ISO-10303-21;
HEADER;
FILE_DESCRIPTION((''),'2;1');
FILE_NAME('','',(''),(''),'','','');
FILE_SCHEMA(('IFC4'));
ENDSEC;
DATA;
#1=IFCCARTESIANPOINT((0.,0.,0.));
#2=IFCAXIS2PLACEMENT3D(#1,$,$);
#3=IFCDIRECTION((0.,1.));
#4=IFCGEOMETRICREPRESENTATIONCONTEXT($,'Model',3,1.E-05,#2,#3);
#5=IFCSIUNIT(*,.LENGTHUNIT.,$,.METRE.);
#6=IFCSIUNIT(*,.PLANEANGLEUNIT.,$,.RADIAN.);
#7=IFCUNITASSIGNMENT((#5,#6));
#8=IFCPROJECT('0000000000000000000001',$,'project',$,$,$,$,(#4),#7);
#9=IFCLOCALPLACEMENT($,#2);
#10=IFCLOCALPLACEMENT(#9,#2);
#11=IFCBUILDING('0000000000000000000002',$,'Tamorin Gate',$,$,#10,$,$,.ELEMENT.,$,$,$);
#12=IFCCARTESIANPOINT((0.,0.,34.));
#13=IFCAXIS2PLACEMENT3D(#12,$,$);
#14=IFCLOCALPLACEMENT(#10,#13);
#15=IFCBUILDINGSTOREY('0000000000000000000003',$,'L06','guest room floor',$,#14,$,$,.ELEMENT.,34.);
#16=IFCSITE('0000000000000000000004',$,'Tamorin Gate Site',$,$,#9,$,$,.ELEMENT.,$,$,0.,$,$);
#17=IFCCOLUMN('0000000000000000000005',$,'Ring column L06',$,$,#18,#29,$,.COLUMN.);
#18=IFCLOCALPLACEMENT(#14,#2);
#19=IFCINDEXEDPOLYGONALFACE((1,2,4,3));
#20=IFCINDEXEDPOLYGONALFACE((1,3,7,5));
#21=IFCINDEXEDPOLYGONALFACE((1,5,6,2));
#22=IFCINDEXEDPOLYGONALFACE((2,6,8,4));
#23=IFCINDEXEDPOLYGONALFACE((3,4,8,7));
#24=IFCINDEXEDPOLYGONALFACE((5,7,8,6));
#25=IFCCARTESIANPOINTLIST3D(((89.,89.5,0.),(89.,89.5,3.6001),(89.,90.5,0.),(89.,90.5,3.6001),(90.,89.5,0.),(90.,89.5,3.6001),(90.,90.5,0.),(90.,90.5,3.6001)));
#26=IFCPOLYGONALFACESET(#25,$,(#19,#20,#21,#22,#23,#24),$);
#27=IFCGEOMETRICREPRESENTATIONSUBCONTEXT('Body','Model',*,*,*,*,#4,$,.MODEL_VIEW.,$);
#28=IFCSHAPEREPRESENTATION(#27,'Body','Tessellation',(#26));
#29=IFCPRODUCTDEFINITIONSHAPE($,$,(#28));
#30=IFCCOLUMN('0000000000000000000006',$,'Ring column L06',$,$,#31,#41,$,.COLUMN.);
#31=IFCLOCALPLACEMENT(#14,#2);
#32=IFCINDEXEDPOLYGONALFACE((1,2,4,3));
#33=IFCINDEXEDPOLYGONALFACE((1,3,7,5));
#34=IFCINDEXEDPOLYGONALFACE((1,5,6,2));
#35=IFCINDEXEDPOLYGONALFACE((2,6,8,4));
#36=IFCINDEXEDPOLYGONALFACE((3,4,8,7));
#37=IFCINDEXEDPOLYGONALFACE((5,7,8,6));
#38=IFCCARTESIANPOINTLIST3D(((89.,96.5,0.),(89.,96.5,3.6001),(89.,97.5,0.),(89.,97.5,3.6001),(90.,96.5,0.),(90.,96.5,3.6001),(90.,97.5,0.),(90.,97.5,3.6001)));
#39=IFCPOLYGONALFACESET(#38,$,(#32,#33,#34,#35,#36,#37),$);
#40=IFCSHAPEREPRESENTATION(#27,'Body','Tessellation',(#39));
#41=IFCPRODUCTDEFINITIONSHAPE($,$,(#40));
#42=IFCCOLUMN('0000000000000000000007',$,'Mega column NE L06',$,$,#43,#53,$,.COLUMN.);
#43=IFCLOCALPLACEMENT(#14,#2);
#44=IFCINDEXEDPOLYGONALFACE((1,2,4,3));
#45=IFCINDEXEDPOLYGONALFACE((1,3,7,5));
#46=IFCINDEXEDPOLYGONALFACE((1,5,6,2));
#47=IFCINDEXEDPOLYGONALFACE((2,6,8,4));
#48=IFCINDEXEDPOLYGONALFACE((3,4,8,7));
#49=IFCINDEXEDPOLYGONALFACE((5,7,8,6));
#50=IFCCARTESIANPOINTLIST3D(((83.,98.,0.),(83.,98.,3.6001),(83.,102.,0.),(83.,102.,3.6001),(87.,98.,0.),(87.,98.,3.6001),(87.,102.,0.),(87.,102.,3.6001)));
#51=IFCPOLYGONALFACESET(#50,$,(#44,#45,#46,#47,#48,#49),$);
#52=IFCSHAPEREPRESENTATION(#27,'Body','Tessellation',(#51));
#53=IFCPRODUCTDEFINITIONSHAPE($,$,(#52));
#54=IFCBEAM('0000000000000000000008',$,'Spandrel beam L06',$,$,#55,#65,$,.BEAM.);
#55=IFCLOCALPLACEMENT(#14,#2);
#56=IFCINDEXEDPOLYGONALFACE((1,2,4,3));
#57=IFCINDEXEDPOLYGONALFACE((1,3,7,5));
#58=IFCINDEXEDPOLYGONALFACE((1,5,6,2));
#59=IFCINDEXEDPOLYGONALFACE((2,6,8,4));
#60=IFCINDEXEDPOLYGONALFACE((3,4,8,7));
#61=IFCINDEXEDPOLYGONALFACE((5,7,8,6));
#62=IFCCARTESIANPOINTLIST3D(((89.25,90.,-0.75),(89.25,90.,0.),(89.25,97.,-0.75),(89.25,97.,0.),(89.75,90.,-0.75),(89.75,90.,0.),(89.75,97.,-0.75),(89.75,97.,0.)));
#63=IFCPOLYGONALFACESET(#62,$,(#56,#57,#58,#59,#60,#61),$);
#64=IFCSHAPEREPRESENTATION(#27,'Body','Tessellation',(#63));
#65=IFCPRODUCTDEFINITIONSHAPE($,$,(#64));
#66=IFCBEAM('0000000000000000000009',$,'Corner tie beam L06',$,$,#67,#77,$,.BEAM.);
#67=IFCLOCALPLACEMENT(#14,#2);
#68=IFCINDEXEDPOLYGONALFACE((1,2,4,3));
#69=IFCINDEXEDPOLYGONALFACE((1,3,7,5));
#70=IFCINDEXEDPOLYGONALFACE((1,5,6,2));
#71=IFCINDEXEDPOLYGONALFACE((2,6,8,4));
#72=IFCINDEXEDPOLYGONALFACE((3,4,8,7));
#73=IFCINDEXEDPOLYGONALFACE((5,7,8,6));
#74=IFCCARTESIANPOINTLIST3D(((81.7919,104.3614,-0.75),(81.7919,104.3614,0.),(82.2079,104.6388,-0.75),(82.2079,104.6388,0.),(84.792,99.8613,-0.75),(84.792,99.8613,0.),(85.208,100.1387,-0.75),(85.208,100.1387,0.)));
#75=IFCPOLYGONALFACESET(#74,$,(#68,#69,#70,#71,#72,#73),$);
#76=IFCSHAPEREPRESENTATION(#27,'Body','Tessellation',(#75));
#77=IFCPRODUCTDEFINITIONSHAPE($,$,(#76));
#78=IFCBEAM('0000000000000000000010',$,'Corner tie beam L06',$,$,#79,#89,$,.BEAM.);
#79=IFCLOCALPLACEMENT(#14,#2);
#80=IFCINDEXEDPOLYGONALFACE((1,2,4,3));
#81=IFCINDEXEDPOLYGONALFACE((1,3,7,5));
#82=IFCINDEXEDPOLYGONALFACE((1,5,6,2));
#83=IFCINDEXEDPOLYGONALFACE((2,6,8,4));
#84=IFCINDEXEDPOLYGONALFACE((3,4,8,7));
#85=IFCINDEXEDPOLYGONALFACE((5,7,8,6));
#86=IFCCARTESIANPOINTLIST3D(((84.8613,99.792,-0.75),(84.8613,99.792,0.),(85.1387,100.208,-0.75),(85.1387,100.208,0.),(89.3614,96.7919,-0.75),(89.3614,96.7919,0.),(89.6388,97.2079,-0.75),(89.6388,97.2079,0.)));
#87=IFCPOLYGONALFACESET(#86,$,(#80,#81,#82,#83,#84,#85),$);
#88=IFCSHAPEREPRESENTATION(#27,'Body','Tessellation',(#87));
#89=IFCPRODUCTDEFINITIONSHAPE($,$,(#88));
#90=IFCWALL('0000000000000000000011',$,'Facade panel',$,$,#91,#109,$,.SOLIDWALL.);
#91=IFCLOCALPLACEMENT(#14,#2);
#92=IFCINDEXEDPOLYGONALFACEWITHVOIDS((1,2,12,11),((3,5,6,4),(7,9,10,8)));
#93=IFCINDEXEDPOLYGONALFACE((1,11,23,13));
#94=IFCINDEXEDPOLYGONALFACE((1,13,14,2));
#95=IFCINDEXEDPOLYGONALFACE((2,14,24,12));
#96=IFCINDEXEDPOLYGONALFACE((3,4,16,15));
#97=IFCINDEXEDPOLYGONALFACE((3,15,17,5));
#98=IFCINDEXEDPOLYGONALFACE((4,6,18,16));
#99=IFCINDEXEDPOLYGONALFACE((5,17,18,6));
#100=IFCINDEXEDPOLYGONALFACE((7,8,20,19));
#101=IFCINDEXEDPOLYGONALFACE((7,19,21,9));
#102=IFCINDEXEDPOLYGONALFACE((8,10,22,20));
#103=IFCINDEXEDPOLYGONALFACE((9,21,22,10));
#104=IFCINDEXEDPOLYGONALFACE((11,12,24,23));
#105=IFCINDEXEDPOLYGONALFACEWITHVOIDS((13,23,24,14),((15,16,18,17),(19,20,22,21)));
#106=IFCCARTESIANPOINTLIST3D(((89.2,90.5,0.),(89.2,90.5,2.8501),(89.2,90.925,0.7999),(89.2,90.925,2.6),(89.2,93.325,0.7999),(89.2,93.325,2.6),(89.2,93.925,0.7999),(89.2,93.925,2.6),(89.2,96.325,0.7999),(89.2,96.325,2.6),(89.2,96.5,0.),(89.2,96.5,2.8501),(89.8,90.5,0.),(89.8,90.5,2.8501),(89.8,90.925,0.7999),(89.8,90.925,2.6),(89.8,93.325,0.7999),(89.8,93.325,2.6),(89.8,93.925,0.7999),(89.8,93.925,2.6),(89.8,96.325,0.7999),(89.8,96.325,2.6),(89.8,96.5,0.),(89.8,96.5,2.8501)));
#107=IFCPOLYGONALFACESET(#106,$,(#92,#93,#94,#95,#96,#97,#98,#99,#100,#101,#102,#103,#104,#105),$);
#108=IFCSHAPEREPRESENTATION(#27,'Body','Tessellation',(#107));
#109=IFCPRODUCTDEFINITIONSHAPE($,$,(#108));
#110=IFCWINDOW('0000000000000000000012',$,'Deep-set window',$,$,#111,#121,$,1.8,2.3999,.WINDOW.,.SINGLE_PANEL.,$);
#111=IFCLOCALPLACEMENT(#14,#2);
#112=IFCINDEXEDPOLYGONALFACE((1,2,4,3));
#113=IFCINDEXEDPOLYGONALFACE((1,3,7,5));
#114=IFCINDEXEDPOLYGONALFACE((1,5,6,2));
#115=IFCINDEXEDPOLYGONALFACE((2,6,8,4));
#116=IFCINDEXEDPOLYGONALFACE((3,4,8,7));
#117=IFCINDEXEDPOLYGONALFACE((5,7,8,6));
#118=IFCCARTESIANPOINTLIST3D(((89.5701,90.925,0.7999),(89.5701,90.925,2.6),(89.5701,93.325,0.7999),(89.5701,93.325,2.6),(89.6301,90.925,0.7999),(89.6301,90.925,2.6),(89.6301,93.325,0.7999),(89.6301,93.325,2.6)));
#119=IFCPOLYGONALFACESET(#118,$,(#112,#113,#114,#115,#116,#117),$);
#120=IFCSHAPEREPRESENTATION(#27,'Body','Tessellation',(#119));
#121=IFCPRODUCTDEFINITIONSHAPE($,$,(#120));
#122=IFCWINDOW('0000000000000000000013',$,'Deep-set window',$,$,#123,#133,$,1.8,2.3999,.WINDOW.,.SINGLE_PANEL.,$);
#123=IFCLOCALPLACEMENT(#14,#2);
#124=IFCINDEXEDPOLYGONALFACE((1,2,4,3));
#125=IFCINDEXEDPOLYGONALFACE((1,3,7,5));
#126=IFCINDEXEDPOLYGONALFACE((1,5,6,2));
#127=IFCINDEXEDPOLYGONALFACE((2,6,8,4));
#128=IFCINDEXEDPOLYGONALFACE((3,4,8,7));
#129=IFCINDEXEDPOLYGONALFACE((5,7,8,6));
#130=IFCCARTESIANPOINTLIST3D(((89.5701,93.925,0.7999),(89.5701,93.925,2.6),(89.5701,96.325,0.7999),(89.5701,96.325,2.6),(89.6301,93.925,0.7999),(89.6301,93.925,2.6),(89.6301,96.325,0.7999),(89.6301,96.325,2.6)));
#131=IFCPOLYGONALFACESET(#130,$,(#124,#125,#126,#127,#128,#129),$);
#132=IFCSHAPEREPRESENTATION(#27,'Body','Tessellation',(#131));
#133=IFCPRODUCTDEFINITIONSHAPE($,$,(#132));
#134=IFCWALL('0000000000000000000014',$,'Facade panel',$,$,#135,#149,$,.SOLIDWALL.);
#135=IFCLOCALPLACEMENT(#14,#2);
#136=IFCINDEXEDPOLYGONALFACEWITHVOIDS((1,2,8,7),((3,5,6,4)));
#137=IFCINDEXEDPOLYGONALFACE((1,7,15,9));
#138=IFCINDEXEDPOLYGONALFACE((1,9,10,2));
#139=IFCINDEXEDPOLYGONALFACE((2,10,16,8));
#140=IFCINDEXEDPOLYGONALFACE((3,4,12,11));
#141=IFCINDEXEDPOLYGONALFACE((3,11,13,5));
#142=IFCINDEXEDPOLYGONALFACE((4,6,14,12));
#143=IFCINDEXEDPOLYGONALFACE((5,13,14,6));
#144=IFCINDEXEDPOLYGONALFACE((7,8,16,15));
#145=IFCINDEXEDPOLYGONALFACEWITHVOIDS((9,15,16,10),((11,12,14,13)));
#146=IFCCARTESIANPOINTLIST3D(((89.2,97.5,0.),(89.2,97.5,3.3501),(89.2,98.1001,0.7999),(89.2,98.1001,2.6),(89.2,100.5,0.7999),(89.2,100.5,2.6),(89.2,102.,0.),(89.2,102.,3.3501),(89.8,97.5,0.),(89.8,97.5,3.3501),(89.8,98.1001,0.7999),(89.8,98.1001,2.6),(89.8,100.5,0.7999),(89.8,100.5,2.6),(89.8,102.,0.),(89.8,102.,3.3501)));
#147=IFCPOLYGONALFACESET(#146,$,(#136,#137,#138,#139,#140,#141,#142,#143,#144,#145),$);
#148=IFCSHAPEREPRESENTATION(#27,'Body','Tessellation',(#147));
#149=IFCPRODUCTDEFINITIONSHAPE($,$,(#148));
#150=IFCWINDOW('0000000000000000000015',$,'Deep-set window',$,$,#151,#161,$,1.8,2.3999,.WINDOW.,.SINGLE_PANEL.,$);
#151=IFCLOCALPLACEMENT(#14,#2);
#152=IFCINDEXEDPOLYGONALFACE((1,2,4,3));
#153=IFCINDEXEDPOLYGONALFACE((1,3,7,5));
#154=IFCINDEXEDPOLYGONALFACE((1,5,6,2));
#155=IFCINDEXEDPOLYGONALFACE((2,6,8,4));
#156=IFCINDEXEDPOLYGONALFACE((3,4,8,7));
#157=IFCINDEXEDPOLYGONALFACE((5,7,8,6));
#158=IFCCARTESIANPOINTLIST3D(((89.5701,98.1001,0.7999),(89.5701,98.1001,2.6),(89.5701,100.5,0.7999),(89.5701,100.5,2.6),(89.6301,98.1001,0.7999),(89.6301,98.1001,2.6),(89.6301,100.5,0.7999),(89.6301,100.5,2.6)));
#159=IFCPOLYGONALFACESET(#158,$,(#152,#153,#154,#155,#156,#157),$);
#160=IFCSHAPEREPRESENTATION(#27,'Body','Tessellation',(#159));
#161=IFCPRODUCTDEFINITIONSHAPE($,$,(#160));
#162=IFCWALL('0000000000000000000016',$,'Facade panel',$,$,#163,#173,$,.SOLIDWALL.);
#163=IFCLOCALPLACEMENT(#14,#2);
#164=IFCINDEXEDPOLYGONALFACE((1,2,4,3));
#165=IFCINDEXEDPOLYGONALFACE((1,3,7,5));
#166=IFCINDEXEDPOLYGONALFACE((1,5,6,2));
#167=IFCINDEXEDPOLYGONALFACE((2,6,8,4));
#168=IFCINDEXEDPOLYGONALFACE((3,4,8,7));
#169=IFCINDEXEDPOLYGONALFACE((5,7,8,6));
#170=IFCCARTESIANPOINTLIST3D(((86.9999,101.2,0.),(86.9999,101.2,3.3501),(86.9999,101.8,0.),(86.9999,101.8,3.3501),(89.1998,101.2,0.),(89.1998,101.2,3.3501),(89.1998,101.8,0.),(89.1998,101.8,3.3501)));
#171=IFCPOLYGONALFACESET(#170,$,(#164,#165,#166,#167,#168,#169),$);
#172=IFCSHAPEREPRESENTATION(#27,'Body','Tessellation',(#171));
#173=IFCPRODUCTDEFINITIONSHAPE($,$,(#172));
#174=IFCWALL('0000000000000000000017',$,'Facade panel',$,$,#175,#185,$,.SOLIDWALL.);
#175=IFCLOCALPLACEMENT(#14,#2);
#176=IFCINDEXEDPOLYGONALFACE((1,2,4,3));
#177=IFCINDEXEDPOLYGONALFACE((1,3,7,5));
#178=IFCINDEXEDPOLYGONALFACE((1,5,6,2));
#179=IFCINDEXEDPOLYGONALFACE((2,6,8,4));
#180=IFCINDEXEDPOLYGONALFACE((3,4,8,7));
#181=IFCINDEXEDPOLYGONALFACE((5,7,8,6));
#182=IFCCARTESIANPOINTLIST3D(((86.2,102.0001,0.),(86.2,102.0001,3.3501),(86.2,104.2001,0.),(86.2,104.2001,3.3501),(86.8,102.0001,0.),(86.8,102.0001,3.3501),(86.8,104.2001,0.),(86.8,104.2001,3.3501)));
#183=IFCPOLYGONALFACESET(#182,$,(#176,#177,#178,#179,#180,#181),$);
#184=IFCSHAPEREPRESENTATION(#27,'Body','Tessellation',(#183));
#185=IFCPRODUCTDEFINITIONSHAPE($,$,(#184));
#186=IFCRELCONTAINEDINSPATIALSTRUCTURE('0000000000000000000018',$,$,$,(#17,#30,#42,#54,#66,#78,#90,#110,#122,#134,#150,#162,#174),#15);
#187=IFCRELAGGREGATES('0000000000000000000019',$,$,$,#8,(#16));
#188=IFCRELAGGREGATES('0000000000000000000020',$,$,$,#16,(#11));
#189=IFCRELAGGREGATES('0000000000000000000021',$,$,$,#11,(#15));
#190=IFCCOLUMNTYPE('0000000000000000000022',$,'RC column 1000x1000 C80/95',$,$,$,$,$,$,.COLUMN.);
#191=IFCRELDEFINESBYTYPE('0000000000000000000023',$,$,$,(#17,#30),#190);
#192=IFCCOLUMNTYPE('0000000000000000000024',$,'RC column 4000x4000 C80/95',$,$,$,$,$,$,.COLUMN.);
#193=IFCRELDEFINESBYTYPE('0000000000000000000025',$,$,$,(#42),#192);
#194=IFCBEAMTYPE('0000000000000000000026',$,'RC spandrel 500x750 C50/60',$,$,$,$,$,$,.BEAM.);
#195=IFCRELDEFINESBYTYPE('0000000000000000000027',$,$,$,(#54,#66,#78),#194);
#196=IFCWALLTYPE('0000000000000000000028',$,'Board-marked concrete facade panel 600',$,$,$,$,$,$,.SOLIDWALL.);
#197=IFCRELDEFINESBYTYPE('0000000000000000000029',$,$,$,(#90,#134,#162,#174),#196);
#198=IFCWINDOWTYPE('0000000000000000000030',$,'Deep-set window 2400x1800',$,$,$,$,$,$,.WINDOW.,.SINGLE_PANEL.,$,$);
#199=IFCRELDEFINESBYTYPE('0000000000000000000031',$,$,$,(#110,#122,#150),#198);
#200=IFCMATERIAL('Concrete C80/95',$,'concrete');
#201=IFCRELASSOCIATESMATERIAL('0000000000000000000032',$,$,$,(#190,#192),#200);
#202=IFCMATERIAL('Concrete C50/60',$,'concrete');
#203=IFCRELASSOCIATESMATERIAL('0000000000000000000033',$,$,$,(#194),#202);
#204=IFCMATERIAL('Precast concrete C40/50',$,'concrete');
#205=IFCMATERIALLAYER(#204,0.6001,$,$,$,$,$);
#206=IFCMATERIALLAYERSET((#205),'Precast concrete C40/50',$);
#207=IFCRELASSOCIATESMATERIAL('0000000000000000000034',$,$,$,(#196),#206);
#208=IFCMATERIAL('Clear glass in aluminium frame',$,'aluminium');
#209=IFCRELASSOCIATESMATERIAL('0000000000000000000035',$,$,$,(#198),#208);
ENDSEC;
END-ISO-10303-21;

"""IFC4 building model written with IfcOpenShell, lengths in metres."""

from ifc_helpers import new_model, si_unit, direction, frame, frame_2d, origin, origin_2d, place, context, subcontext, project, spatial, rectangle, extrude, material, layer, layer_set, material_profile, profile_set, type_object, element, fill, save


model = new_model("IFC4")

# Units and contexts
model_context = context("Model", 3, precision=1e-05, world=origin(), true_north=direction((0.0, 1.0)))
body_context = subcontext(model_context, "Body", "Model", "MODEL_VIEW")
ifc_project = project(units=[si_unit("LENGTHUNIT", "METRE"), si_unit("PLANEANGLEUNIT", "RADIAN")], contexts=[model_context])

# Site, building, storey
site_placement = place(None, origin())
site = spatial("IfcSite", under=ifc_project, at=site_placement, Name="Tamorin Gate Site", CompositionType="ELEMENT", RefElevation=0.0)
building_placement = place(site_placement, origin())
building = spatial("IfcBuilding", under=site, at=building_placement, Name="Tamorin Gate", CompositionType="ELEMENT")
storey_placement = place(building_placement, frame((0.0, 0.0, 34.0)))
storey = spatial("IfcBuildingStorey", under=building, at=storey_placement, Name="L06", Description="guest room floor", CompositionType="ELEMENT", Elevation=34.0)

# Columns
ifc_material_1 = material(Name="Concrete C80/95", Category="concrete")
ifc_material_profile_1 = material_profile(ifc_material_1, rectangle(XDim=1.0, YDim=1.0, at=origin_2d()), Name="RC 1000x1000")
ifc_profile_set_1 = profile_set([ifc_material_profile_1], Name="Concrete C80/95")
column_type_1 = type_object("IfcColumnType", Name="RC column 1000x1000 C80/95", PredefinedType="COLUMN", material=ifc_profile_set_1)
for number, where, z_axis, x_axis, name in (
    (1, (89.5, 90.0, 0.0), (0.0, 0.0, 1.0), (1.0, 0.0, 0.0), "Ring column L06"),
    (2, (89.5, 97.0, 0.0), (0.0, 0.0, 1.0), (1.0, 0.0, 0.0), "Ring column L06"),
):
    element("IfcColumn", number, at=place(storey_placement, frame(where, z_axis=z_axis, x_axis=x_axis)), inside=storey, type_object=column_type_1, Name=name, PredefinedType="COLUMN", context=body_context, shape_type="SweptSolid", body=[
        extrude(rectangle(XDim=1.0, YDim=1.0, at=origin_2d()), origin(), (0.0, 0.0, 1.0), 3.6001),
    ])
ifc_material_profile_2 = material_profile(ifc_material_1, rectangle(XDim=4.0, YDim=4.0, at=origin_2d()), Name="RC 4000x4000")
ifc_profile_set_2 = profile_set([ifc_material_profile_2], Name="Concrete C80/95")
column_type_2 = type_object("IfcColumnType", Name="RC column 4000x4000 C80/95", PredefinedType="COLUMN", material=ifc_profile_set_2)
column_placement = place(storey_placement, frame((85.0, 100.0, 0.0), z_axis=(0.0, 0.0, 1.0), x_axis=(1.0, 0.0, 0.0)))
element("IfcColumn", 3, at=column_placement, inside=storey, type_object=column_type_2, Name="Mega column NE L06", PredefinedType="COLUMN", context=body_context, shape_type="SweptSolid", body=[
    extrude(rectangle(XDim=4.0, YDim=4.0, at=origin_2d()), origin(), (0.0, 0.0, 1.0), 3.6001),
])

# Beams
ifc_material_2 = material(Name="Concrete C50/60", Category="concrete")
ifc_material_profile_3 = material_profile(ifc_material_2, rectangle(XDim=0.5, YDim=0.75, at=origin_2d()), Name="RC 500x750")
ifc_profile_set_3 = profile_set([ifc_material_profile_3], Name="Concrete C50/60")
beam_type = type_object("IfcBeamType", Name="RC spandrel 500x750 C50/60", PredefinedType="BEAM", material=ifc_profile_set_3)
beam_placement = place(storey_placement, frame((89.5, 90.0, -0.375), z_axis=(0.0, 1.0, 0.0), x_axis=(-1.0, 0.0, 0.0)))
element("IfcBeam", 4, at=beam_placement, inside=storey, type_object=beam_type, Name="Spandrel beam L06", PredefinedType="BEAM", context=body_context, shape_type="SweptSolid", body=[
    extrude(rectangle(XDim=0.5, YDim=0.75, at=origin_2d()), origin(), (0.0, 0.0, 1.0), 7.0),
])
for number, where, z_axis, x_axis, name in (
    (5, (85.0, 100.0, -0.375), (-0.5547, 0.83205, 0.0), (-0.83205, -0.5547, 0.0), "Corner tie beam L06"),
    (6, (85.0, 100.0, -0.375), (0.83205, -0.5547, 0.0), (0.5547, 0.83205, 0.0), "Corner tie beam L06"),
):
    element("IfcBeam", number, at=place(storey_placement, frame(where, z_axis=z_axis, x_axis=x_axis)), inside=storey, type_object=beam_type, Name=name, PredefinedType="BEAM", context=body_context, shape_type="SweptSolid", body=[
        extrude(rectangle(XDim=0.5, YDim=0.75, at=origin_2d()), origin(), (0.0, 0.0, 1.0), 5.4084),
    ])

# Wall, openings, windows
ifc_material_3 = material(Name="Precast concrete C40/50", Category="concrete")
ifc_layer_1 = layer(ifc_material_3, 0.6001)
ifc_layer_set_1 = layer_set([ifc_layer_1], Name="Precast concrete C40/50")
wall_type_1 = type_object("IfcWallType", Name="Board-marked concrete facade panel 600", PredefinedType="SOLIDWALL", material=ifc_layer_set_1)
wall_1_placement = place(storey_placement, frame((89.5, 90.5, 0.0), z_axis=(0.0, 0.0, 1.0), x_axis=(0.0, 1.0, 0.0)))
wall_1 = element("IfcWall", 7, at=wall_1_placement, inside=storey, type_object=wall_type_1, Name="Facade panel", PredefinedType="SOLIDWALL", context=body_context, shape_type="SweptSolid", body=[
    extrude(rectangle(XDim=6.0, YDim=0.6001, at=frame_2d((3.0, 0.0))), origin(), (0.0, 0.0, 1.0), 2.8501),
])
opening_1_placement = place(wall_1_placement, frame((0.425, 0.0, 0.8)))
opening_1 = element("IfcOpeningElement", 8, at=opening_1_placement, cuts=wall_1, PredefinedType="OPENING", context=body_context, shape_type="SweptSolid", body=[
    extrude(rectangle(XDim=2.3999, YDim=1.8, at=frame_2d((1.2, 0.8999))), frame((0.0, 0.3101, 0.0), z_axis=(0.0, -1.0, 0.0), x_axis=(1.0, 0.0, 0.0)), (0.0, 0.0, 1.0), 0.6201),
])
opening_2_placement = place(wall_1_placement, frame((3.425, 0.0, 0.8)))
opening_2 = element("IfcOpeningElement", 9, at=opening_2_placement, cuts=wall_1, PredefinedType="OPENING", context=body_context, shape_type="SweptSolid", body=[
    extrude(rectangle(XDim=2.3999, YDim=1.8, at=frame_2d((1.2, 0.8999))), frame((0.0, 0.3101, 0.0), z_axis=(0.0, -1.0, 0.0), x_axis=(1.0, 0.0, 0.0)), (0.0, 0.0, 1.0), 0.6201),
])
ifc_material_4 = material(Name="Clear glass in aluminium frame", Category="aluminium")
window_type = type_object("IfcWindowType", Name="Deep-set window 2400x1800", PartitioningType="SINGLE_PANEL", PredefinedType="WINDOW", material=ifc_material_4)
window_1_placement = place(opening_1_placement, origin())
window_1 = element("IfcWindow", 10, at=window_1_placement, inside=storey, type_object=window_type, Name="Deep-set window", OverallHeight=1.8, OverallWidth=2.3999, PartitioningType="SINGLE_PANEL", PredefinedType="WINDOW", context=body_context, shape_type="SweptSolid", body=[
    extrude(rectangle(XDim=2.3999, YDim=1.8, at=frame_2d((1.2, 0.8999))), frame((0.0, -0.0701, 0.0), z_axis=(0.0, -1.0, 0.0), x_axis=(1.0, 0.0, 0.0)), (0.0, 0.0, 1.0), 0.0601),
])
fill(opening_1, window_1)
window_2_placement = place(opening_2_placement, origin())
window_2 = element("IfcWindow", 11, at=window_2_placement, inside=storey, type_object=window_type, Name="Deep-set window", OverallHeight=1.8, OverallWidth=2.3999, PartitioningType="SINGLE_PANEL", PredefinedType="WINDOW", context=body_context, shape_type="SweptSolid", body=[
    extrude(rectangle(XDim=2.3999, YDim=1.8, at=frame_2d((1.2, 0.8999))), frame((0.0, -0.0701, 0.0), z_axis=(0.0, -1.0, 0.0), x_axis=(1.0, 0.0, 0.0)), (0.0, 0.0, 1.0), 0.0601),
])
fill(opening_2, window_2)

# Wall, opening, window
wall_2_placement = place(storey_placement, frame((89.5, 97.5, 0.0), z_axis=(0.0, 0.0, 1.0), x_axis=(0.0, 1.0, 0.0)))
wall_2 = element("IfcWall", 12, at=wall_2_placement, inside=storey, type_object=wall_type_1, Name="Facade panel", PredefinedType="SOLIDWALL", context=body_context, shape_type="SweptSolid", body=[
    extrude(rectangle(XDim=4.5, YDim=0.6001, at=frame_2d((2.25, 0.0))), origin(), (0.0, 0.0, 1.0), 3.3501),
])
opening_3_placement = place(wall_2_placement, frame((0.6001, 0.0, 0.8)))
opening_3 = element("IfcOpeningElement", 13, at=opening_3_placement, cuts=wall_2, PredefinedType="OPENING", context=body_context, shape_type="SweptSolid", body=[
    extrude(rectangle(XDim=2.3999, YDim=1.8, at=frame_2d((1.2, 0.8999))), frame((0.0, 0.3101, 0.0), z_axis=(0.0, -1.0, 0.0), x_axis=(1.0, 0.0, 0.0)), (0.0, 0.0, 1.0), 0.6201),
])
window_3_placement = place(opening_3_placement, origin())
window_3 = element("IfcWindow", 14, at=window_3_placement, inside=storey, type_object=window_type, Name="Deep-set window", OverallHeight=1.8, OverallWidth=2.3999, PartitioningType="SINGLE_PANEL", PredefinedType="WINDOW", context=body_context, shape_type="SweptSolid", body=[
    extrude(rectangle(XDim=2.3999, YDim=1.8, at=frame_2d((1.2, 0.8999))), frame((0.0, -0.0701, 0.0), z_axis=(0.0, -1.0, 0.0), x_axis=(1.0, 0.0, 0.0)), (0.0, 0.0, 1.0), 0.0601),
])
fill(opening_3, window_3)

# Walls
for number, where, z_axis, x_axis, name in (
    (15, (89.2, 101.5, 0.0), (0.0, 0.0, 1.0), (-1.0, 0.0, 0.0), "Facade panel"),
    (16, (86.5, 102.0, 0.0), (0.0, 0.0, 1.0), (0.0, 1.0, 0.0), "Facade panel"),
):
    element("IfcWall", number, at=place(storey_placement, frame(where, z_axis=z_axis, x_axis=x_axis)), inside=storey, type_object=wall_type_1, Name=name, PredefinedType="SOLIDWALL", context=body_context, shape_type="SweptSolid", body=[
        extrude(rectangle(XDim=2.2, YDim=0.6001, at=frame_2d((1.1001, 0.0))), origin(), (0.0, 0.0, 1.0), 3.3501),
    ])

save(model, "model.ifc")
